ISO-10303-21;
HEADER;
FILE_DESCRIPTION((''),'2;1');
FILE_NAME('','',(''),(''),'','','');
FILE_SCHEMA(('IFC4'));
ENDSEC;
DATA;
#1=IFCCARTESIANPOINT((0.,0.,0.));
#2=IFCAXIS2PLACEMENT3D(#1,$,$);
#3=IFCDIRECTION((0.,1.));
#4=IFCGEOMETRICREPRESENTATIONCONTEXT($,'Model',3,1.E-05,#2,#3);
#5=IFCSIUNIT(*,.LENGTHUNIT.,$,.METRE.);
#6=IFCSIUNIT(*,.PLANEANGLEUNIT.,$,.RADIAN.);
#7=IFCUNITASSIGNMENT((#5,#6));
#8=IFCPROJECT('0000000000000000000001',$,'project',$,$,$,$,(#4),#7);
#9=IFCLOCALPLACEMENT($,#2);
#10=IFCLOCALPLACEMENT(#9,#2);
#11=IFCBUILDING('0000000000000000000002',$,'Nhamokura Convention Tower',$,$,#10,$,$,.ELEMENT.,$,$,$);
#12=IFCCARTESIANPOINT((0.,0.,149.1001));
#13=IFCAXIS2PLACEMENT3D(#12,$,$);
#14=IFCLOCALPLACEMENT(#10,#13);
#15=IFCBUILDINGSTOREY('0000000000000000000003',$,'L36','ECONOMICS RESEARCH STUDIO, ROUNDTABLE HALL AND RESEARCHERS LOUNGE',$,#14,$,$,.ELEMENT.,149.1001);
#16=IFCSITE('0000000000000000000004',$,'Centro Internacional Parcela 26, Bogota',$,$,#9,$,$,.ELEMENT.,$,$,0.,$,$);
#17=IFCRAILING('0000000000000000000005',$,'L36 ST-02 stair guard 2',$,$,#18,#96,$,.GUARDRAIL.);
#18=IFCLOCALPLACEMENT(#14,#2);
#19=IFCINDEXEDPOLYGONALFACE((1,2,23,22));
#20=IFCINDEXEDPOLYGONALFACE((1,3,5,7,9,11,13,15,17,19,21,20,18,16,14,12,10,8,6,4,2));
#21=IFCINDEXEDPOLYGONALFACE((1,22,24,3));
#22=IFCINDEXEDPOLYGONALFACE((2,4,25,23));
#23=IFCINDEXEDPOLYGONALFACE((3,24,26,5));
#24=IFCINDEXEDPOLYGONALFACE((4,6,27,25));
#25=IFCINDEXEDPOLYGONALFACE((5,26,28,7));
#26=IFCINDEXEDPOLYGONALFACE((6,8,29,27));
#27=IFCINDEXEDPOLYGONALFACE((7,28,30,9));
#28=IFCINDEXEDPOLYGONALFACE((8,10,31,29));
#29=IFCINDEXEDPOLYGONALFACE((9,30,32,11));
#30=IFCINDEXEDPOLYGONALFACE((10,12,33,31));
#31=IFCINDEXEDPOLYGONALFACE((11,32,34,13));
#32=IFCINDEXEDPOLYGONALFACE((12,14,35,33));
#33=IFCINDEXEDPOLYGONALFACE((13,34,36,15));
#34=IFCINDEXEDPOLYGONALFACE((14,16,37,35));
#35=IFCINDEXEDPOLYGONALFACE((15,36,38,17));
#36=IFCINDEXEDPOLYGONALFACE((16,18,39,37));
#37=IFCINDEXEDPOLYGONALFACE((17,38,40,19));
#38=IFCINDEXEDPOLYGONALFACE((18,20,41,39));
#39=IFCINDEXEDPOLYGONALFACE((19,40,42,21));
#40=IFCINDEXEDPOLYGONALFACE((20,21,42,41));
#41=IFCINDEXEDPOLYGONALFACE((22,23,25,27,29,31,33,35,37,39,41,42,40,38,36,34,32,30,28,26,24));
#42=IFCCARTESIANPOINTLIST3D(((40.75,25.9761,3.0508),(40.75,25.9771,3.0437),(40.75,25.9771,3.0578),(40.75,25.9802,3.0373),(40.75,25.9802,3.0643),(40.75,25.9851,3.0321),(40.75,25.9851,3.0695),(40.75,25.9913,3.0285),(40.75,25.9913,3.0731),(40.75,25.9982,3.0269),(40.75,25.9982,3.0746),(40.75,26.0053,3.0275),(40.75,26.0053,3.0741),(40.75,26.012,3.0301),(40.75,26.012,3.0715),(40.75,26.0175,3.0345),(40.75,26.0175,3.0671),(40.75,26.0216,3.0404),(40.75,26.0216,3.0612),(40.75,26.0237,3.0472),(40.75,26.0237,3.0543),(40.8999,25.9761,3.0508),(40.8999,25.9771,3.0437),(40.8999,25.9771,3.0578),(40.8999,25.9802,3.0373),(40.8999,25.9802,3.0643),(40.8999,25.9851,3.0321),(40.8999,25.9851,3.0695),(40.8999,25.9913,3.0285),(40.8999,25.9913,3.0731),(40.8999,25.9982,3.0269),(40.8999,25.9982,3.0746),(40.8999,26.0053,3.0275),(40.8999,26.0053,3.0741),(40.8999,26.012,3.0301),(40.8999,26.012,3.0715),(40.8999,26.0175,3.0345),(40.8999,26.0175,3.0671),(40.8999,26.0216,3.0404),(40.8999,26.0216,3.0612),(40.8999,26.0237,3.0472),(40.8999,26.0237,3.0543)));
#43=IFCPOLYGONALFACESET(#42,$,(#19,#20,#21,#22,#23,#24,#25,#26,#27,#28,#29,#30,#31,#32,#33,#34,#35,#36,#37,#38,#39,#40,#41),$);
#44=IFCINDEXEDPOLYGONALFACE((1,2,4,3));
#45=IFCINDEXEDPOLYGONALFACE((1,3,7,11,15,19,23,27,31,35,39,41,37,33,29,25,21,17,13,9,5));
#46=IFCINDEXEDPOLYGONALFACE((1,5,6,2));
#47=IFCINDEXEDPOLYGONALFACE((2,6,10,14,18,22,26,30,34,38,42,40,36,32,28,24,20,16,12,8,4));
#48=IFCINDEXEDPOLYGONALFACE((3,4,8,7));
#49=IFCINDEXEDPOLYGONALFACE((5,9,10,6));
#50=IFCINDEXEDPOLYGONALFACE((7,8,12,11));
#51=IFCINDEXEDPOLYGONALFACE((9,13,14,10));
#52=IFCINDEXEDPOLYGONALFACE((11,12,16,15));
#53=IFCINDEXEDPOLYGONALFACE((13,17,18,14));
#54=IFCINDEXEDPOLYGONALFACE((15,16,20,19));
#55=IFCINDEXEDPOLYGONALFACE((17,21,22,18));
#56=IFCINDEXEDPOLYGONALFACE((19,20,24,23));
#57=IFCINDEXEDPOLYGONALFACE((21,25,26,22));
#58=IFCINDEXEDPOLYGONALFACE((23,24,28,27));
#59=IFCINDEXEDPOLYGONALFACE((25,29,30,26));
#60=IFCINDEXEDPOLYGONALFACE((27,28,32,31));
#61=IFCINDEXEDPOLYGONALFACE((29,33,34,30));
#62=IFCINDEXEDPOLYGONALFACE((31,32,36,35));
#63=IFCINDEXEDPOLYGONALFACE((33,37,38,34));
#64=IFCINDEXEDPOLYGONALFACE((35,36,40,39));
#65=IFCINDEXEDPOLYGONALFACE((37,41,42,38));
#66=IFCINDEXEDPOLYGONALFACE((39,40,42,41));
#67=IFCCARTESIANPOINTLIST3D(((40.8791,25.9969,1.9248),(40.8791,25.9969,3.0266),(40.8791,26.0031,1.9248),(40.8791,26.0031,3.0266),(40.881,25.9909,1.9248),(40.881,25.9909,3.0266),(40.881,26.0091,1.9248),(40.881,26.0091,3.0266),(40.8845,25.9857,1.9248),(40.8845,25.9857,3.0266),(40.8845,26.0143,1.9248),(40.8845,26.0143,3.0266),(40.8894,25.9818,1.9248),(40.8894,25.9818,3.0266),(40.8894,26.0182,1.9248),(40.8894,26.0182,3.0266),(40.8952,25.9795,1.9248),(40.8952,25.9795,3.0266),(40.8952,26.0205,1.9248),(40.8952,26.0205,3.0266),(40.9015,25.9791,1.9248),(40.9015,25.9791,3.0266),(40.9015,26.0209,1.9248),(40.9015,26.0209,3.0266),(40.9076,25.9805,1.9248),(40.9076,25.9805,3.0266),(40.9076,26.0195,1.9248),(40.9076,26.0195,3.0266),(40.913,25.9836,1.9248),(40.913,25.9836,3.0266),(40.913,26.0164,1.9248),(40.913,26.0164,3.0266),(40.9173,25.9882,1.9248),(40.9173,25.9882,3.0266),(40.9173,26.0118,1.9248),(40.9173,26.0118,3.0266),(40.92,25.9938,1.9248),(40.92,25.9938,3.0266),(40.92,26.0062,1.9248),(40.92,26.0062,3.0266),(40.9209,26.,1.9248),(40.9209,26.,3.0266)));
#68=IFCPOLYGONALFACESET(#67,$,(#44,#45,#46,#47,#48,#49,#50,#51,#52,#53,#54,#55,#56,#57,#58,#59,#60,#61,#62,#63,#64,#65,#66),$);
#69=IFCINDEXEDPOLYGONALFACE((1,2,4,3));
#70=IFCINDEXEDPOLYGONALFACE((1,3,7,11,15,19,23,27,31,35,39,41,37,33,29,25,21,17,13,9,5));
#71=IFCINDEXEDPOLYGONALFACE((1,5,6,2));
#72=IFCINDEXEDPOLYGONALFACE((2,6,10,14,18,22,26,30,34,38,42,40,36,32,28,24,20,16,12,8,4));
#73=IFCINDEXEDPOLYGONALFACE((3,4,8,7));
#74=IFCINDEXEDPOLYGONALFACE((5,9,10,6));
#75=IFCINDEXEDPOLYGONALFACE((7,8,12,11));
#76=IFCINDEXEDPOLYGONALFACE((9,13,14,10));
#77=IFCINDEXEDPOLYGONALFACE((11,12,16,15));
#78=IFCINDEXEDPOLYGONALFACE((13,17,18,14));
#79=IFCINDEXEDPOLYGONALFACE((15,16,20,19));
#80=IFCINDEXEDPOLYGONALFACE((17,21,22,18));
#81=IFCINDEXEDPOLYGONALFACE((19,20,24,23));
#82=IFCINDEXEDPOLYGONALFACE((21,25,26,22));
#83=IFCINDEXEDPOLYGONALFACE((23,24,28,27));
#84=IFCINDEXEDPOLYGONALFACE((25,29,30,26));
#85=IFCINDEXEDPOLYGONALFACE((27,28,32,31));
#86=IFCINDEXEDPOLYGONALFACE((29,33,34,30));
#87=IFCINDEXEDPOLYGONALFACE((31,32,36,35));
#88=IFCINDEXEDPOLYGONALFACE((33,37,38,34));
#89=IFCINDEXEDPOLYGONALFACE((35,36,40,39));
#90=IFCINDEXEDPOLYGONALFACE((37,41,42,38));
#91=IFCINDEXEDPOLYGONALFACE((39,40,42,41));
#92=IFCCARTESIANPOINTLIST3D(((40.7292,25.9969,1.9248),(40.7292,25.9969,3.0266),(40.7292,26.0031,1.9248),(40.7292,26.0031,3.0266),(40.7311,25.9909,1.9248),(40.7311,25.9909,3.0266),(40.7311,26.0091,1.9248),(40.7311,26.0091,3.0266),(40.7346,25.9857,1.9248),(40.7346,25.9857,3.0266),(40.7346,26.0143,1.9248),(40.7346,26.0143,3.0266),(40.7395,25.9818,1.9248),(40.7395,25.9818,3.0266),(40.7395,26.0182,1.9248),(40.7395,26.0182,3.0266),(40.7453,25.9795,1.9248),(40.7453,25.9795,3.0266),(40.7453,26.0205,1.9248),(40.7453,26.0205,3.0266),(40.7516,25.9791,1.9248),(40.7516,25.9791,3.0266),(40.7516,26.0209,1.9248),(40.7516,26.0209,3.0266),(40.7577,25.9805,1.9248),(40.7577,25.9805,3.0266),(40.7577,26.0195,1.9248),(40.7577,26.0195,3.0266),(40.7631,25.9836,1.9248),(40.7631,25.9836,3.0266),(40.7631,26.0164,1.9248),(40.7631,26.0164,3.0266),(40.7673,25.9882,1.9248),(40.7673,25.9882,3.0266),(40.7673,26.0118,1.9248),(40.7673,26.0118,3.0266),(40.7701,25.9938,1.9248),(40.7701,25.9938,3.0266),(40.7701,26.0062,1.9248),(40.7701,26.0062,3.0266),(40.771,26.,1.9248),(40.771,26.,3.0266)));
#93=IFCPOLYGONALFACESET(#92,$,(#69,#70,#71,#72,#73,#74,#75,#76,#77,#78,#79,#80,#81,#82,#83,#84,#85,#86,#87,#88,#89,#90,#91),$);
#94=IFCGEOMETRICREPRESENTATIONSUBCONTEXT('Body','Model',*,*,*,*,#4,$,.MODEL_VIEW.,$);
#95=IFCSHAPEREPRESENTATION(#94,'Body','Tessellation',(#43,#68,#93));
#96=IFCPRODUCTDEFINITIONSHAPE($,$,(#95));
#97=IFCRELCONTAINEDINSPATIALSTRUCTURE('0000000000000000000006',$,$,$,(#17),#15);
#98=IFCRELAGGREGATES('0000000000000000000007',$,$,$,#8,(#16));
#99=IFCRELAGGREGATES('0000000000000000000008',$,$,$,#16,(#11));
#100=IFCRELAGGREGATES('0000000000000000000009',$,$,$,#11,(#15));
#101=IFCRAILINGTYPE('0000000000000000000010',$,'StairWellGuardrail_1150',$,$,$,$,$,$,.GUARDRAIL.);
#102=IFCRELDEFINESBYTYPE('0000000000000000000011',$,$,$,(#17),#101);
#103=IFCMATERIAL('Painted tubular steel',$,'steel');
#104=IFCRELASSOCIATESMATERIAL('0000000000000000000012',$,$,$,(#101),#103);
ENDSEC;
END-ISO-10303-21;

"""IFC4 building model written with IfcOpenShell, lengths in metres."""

from ifc_helpers import new_model, si_unit, direction, frame, origin, origin_2d, place, context, subcontext, project, spatial, circle, extrude, material, type_object, element, save


model = new_model("IFC4")

# Units and contexts
model_context = context("Model", 3, precision=1e-05, world=origin(), true_north=direction((0.0, 1.0)))
body_context = subcontext(model_context, "Body", "Model", "MODEL_VIEW")
ifc_project = project(units=[si_unit("LENGTHUNIT", "METRE"), si_unit("PLANEANGLEUNIT", "RADIAN")], contexts=[model_context])

# Site, building, storey
site_placement = place(None, origin())
site = spatial("IfcSite", under=ifc_project, at=site_placement, Name="Centro Internacional Parcela 26, Bogota", CompositionType="ELEMENT", RefElevation=0.0)
building_placement = place(site_placement, origin())
building = spatial("IfcBuilding", under=site, at=building_placement, Name="Nhamokura Convention Tower", CompositionType="ELEMENT")
storey_placement = place(building_placement, frame((0.0, 0.0, 149.1001)))
storey = spatial("IfcBuildingStorey", under=building, at=storey_placement, Name="L36", Description="ECONOMICS RESEARCH STUDIO, ROUNDTABLE HALL AND RESEARCHERS LOUNGE", CompositionType="ELEMENT", Elevation=149.1001)

# Railing
ifc_material_1 = material(Name="Painted tubular steel", Category="steel")
railing_type_1 = type_object("IfcRailingType", Name="StairWellGuardrail_1150", PredefinedType="GUARDRAIL", material=ifc_material_1)
railing_1_placement = place(storey_placement, frame((40.8999, 26.0, 1.9248)))
element("IfcRailing", 1, at=railing_1_placement, inside=storey, type_object=railing_type_1, Name="L36 ST-02 stair guard 2", PredefinedType="GUARDRAIL", context=body_context, shape_type="SweptSolid", body=[
    extrude(circle(Radius=0.0239, at=origin_2d()), frame((0.0, 0.0, 1.126), z_axis=(-1.0, 0.0, 0.0), x_axis=(0.0, -1.0, 0.0)), (0.0, 0.0, 1.0), 0.1499),
    extrude(circle(Radius=0.021, at=origin_2d()), origin(), (0.0, 0.0, 1.0), 1.1018),
    extrude(circle(Radius=0.021, at=origin_2d()), frame((-0.1499, 0.0, 0.0)), (0.0, 0.0, 1.0), 1.1018),
])

save(model, "model.ifc")
